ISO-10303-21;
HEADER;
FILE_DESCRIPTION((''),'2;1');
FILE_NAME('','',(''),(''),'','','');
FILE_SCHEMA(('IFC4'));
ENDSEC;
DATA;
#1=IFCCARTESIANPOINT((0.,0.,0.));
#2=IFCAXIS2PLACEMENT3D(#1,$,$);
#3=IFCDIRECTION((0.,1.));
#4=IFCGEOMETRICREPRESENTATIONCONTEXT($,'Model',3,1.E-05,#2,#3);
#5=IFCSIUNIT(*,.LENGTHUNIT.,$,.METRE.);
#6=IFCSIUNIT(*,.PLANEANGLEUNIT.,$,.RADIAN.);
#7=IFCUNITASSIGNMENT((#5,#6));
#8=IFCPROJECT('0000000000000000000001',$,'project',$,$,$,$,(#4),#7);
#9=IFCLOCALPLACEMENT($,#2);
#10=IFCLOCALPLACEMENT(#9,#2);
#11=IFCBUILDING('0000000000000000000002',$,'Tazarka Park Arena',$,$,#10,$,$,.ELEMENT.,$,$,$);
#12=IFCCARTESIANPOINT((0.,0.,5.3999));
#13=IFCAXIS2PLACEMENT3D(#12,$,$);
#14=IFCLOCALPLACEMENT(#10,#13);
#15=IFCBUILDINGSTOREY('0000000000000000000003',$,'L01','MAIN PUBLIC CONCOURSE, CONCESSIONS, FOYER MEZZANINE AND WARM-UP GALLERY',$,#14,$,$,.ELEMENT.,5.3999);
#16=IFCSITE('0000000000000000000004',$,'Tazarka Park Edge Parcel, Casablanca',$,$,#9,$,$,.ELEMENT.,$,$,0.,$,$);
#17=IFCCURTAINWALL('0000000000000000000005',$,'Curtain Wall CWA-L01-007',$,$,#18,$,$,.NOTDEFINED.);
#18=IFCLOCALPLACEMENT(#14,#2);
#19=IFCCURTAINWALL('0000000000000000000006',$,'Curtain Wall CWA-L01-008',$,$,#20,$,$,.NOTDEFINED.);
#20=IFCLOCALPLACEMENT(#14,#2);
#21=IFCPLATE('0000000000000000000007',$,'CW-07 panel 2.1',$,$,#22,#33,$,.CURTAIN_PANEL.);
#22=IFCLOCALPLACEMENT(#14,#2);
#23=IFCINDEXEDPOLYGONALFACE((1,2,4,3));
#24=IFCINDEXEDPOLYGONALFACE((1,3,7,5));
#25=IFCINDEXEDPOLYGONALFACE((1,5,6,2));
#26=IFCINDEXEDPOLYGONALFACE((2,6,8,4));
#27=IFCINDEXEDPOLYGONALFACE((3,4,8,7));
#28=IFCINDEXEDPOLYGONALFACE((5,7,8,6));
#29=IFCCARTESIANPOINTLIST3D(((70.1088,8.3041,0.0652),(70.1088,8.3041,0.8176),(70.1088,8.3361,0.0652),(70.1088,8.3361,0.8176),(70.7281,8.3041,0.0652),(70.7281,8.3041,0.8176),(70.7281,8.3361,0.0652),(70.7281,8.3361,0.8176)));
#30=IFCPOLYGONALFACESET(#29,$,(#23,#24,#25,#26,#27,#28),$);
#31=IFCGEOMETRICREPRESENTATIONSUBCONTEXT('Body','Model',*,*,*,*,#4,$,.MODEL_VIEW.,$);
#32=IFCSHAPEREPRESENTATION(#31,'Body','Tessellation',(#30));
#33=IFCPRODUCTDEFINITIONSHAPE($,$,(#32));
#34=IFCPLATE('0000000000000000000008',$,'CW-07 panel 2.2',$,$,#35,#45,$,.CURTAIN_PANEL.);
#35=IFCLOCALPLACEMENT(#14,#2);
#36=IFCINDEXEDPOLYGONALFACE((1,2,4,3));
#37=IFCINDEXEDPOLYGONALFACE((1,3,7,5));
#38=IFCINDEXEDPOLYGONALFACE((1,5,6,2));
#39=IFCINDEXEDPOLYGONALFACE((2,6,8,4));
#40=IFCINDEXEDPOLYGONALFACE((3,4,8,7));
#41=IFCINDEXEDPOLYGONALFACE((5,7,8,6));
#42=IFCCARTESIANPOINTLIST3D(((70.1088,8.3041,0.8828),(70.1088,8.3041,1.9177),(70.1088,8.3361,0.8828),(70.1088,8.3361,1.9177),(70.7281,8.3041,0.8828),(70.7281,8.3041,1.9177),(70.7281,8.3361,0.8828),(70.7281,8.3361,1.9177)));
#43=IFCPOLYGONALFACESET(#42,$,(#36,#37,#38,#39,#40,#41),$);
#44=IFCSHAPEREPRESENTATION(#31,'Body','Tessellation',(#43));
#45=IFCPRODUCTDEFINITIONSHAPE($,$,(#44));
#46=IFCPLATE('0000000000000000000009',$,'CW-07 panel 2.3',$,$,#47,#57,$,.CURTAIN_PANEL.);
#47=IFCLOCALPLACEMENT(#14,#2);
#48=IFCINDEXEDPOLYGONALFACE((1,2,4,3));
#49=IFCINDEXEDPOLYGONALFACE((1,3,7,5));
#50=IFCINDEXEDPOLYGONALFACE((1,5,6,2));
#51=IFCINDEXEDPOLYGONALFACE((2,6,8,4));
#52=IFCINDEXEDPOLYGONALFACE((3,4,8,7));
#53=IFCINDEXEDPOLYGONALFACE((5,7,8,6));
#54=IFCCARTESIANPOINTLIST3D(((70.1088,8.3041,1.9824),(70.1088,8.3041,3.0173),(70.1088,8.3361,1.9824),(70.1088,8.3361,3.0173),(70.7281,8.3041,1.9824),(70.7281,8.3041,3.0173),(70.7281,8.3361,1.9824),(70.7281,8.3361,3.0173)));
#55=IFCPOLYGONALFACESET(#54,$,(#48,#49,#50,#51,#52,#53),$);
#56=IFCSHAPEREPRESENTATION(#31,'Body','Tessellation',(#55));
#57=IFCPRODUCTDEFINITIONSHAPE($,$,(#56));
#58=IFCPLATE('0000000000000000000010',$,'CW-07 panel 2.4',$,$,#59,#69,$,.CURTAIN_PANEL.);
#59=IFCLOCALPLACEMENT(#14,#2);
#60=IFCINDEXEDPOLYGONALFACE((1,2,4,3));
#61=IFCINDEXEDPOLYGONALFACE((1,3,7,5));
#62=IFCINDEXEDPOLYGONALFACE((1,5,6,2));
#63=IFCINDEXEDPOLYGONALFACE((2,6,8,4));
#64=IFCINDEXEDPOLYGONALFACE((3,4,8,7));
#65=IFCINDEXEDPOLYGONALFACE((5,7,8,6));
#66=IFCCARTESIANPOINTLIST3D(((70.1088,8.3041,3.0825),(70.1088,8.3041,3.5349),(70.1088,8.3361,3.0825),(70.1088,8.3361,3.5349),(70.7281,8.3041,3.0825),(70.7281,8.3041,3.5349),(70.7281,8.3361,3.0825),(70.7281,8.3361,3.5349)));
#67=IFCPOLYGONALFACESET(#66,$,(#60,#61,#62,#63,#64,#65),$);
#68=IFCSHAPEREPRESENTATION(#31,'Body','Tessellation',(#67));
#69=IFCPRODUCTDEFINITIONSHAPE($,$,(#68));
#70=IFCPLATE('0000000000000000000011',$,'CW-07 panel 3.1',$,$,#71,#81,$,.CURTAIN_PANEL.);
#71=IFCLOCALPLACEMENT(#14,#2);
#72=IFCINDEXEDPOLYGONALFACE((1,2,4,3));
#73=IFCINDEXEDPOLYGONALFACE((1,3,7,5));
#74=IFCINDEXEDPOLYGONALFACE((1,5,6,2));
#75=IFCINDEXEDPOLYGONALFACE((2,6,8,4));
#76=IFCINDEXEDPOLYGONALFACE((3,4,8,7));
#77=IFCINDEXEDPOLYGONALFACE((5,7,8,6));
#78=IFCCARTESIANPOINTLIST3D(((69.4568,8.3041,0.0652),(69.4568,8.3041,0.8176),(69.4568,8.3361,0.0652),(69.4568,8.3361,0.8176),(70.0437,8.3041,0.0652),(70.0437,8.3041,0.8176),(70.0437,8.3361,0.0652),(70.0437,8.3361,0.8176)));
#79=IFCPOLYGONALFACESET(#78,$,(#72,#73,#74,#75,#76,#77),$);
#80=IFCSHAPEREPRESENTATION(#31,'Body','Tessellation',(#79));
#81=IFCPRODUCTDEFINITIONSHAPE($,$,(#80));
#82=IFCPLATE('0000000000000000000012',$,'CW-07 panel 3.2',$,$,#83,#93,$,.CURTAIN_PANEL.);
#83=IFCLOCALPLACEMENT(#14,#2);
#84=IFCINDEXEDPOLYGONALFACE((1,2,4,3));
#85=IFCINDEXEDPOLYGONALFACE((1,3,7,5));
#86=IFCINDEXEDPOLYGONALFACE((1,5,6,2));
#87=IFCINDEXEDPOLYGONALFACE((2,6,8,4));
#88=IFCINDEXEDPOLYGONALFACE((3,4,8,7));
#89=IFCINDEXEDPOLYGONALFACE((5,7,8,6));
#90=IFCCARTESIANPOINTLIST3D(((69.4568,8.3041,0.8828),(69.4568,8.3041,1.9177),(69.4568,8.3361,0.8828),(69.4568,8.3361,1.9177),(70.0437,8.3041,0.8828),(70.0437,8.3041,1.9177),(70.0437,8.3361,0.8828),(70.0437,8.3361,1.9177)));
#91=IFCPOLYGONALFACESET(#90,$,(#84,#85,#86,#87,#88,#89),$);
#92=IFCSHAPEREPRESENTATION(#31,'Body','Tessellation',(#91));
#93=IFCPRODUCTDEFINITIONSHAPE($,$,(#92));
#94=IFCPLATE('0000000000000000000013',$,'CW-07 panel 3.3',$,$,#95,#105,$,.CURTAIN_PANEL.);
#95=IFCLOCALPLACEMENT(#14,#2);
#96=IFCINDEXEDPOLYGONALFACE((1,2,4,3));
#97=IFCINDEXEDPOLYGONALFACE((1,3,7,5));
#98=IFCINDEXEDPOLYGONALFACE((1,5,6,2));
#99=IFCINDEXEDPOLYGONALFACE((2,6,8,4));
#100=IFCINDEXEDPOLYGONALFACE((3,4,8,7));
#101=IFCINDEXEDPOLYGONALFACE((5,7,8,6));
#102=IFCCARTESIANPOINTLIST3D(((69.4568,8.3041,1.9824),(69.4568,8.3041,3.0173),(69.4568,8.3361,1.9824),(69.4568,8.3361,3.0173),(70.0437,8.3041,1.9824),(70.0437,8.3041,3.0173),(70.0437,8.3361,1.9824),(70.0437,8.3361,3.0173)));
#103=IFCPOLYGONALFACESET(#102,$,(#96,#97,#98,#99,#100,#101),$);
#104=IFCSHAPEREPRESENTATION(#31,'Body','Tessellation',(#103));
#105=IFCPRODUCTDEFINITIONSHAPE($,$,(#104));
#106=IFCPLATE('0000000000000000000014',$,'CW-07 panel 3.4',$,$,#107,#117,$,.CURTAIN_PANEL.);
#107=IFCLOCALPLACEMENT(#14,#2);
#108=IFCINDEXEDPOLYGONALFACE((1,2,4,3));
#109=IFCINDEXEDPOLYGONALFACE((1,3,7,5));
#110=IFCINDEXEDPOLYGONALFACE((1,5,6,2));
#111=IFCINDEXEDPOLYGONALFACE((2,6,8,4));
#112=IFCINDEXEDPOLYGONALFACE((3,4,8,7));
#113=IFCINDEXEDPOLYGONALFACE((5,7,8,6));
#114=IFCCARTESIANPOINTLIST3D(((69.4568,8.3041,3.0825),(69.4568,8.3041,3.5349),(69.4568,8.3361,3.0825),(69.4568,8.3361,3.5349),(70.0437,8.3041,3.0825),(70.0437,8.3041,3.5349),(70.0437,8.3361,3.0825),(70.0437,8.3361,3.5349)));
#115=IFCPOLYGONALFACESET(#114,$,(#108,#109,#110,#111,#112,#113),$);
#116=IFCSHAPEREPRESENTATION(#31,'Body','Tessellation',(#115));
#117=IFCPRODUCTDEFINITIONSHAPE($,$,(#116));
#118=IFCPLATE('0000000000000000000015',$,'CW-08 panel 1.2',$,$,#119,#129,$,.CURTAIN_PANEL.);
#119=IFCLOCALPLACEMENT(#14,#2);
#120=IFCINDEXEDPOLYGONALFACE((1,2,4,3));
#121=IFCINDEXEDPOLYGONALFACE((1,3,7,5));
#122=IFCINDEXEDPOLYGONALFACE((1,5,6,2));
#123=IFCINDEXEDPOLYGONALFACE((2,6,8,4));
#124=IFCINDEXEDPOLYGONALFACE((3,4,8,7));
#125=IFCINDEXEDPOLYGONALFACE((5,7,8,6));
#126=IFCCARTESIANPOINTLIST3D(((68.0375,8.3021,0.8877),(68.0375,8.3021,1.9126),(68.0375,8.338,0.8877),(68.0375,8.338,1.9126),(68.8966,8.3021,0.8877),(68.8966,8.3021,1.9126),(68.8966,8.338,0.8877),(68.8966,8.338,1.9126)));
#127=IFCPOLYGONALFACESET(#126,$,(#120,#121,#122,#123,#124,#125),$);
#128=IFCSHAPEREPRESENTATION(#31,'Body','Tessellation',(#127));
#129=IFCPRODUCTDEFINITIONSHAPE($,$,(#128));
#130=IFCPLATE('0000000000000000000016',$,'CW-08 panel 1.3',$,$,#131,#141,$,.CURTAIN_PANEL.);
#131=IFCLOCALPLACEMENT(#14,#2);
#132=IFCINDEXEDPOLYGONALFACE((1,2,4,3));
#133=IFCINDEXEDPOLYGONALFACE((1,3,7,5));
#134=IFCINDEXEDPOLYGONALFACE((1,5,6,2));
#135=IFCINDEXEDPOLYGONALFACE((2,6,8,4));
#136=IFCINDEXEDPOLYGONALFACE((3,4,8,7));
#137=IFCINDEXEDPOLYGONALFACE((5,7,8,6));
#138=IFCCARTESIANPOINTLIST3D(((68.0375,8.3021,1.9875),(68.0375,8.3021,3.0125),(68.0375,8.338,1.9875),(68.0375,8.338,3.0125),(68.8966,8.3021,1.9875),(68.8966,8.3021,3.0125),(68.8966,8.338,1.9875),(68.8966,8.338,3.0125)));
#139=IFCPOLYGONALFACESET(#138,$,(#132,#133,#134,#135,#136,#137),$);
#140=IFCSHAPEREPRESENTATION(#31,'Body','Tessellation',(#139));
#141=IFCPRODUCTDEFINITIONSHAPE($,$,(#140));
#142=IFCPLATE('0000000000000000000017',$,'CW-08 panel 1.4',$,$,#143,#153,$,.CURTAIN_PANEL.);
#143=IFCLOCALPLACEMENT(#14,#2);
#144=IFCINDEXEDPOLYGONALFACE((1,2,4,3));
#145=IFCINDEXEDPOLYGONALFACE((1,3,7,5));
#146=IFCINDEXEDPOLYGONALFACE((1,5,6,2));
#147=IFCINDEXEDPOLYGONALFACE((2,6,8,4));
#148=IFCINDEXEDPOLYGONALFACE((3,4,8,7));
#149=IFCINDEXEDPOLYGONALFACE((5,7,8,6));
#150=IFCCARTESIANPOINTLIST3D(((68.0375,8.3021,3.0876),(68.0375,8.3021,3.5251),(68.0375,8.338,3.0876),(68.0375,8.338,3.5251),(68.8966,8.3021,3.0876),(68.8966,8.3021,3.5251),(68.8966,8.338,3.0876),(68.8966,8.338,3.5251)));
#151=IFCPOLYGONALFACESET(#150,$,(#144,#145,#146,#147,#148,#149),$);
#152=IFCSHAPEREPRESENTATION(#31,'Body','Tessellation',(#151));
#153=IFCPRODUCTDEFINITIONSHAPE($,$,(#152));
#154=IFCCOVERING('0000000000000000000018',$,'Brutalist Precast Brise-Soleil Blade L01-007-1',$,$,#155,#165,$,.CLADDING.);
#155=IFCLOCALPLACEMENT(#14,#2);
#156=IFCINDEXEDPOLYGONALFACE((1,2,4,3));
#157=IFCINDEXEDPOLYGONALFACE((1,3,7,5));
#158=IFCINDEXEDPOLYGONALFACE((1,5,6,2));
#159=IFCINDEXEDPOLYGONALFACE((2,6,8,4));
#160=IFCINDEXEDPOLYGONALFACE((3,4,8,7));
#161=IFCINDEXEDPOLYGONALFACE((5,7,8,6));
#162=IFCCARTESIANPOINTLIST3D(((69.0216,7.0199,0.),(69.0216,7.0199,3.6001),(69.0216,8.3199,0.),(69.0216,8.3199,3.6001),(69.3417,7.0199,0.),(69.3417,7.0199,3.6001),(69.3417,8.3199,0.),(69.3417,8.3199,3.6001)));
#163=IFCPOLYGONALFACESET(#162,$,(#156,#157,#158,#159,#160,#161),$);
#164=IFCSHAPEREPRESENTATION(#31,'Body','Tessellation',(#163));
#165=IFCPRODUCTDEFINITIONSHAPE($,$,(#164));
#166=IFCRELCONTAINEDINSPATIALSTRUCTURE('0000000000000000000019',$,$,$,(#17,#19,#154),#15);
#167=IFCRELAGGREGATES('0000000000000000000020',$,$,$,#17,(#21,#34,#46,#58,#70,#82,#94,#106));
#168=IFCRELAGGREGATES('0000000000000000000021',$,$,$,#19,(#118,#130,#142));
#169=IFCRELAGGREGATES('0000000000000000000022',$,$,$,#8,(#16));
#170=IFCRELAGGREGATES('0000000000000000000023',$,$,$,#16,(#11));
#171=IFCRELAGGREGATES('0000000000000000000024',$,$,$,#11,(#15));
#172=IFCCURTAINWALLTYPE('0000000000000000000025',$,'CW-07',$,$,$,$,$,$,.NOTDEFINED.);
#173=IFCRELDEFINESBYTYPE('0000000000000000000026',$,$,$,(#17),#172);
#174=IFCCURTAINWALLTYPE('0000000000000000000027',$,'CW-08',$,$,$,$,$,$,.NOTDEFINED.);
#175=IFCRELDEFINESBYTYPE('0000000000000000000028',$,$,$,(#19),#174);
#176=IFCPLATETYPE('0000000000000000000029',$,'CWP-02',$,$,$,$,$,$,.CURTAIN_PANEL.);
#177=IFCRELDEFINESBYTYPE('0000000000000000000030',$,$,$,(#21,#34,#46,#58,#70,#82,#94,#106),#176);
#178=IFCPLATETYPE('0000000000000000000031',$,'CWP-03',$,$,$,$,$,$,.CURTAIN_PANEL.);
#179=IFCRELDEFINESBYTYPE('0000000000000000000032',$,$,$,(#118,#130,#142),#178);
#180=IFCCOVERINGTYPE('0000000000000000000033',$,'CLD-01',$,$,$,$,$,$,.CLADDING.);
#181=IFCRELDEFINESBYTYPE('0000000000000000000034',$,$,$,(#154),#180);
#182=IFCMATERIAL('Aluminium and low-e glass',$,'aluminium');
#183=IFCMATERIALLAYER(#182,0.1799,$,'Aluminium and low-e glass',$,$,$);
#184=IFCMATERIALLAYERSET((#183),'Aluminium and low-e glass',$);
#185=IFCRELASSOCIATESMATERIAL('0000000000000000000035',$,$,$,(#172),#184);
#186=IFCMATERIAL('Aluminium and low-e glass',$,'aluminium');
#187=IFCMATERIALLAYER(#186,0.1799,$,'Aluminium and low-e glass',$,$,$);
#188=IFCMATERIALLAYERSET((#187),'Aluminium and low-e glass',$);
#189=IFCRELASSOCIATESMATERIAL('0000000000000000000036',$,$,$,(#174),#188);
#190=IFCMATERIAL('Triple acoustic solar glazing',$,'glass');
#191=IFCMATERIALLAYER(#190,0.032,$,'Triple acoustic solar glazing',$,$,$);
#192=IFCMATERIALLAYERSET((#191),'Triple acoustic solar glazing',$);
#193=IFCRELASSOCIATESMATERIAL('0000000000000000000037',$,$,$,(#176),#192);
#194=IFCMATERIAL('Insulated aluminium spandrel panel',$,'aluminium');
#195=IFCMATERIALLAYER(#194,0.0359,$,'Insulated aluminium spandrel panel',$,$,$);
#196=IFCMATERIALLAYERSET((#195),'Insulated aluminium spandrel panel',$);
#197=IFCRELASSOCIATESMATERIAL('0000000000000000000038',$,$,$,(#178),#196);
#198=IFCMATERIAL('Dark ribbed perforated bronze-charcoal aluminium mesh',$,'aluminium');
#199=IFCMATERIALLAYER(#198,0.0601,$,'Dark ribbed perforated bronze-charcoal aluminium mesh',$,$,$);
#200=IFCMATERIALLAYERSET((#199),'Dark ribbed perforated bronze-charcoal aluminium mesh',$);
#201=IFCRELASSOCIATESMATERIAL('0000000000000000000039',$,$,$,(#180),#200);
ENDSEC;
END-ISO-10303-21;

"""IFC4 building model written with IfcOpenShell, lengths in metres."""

from ifc_helpers import new_model, si_unit, direction, frame, origin, origin_2d, place, context, subcontext, project, spatial, rectangle, extrude, material, layer, layer_set, type_object, element, aggregate, save


model = new_model("IFC4")

# Units and contexts
model_context = context("Model", 3, precision=1e-05, world=origin(), true_north=direction((0.0, 1.0)))
body_context = subcontext(model_context, "Body", "Model", "MODEL_VIEW")
ifc_project = project(units=[si_unit("LENGTHUNIT", "METRE"), si_unit("PLANEANGLEUNIT", "RADIAN")], contexts=[model_context])

# Site, building, storey
site_placement = place(None, origin())
site = spatial("IfcSite", under=ifc_project, at=site_placement, Name="Tazarka Park Edge Parcel, Casablanca", CompositionType="ELEMENT", RefElevation=0.0)
building_placement = place(site_placement, origin())
building = spatial("IfcBuilding", under=site, at=building_placement, Name="Tazarka Park Arena", CompositionType="ELEMENT")
storey_placement = place(building_placement, frame((0.0, 0.0, 5.3999)))
storey = spatial("IfcBuildingStorey", under=building, at=storey_placement, Name="L01", Description="MAIN PUBLIC CONCOURSE, CONCESSIONS, FOYER MEZZANINE AND WARM-UP GALLERY", CompositionType="ELEMENT", Elevation=5.3999)

# Curtain wall
ifc_material_1 = material(Name="Aluminium and low-e glass", Category="aluminium")
ifc_layer_1 = layer(ifc_material_1, 0.1799, Name="Aluminium and low-e glass")
ifc_layer_set_1 = layer_set([ifc_layer_1], Name="Aluminium and low-e glass")
curtain_wall_type_1 = type_object("IfcCurtainWallType", Name="CW-07", PredefinedType="NOTDEFINED", material=ifc_layer_set_1)
curtain_wall_1_placement = place(storey_placement, origin())
curtain_wall_1 = element("IfcCurtainWall", 1, at=curtain_wall_1_placement, inside=storey, type_object=curtain_wall_type_1, Name="Curtain Wall CWA-L01-007", PredefinedType="NOTDEFINED")

# Curtain wall
ifc_material_2 = material(Name="Aluminium and low-e glass", Category="aluminium")
ifc_layer_2 = layer(ifc_material_2, 0.1799, Name="Aluminium and low-e glass")
ifc_layer_set_2 = layer_set([ifc_layer_2], Name="Aluminium and low-e glass")
curtain_wall_type_2 = type_object("IfcCurtainWallType", Name="CW-08", PredefinedType="NOTDEFINED", material=ifc_layer_set_2)
curtain_wall_2_placement = place(storey_placement, origin())
curtain_wall_2 = element("IfcCurtainWall", 2, at=curtain_wall_2_placement, inside=storey, type_object=curtain_wall_type_2, Name="Curtain Wall CWA-L01-008", PredefinedType="NOTDEFINED")

# Plates
ifc_material_3 = material(Name="Triple acoustic solar glazing", Category="glass")
ifc_layer_3 = layer(ifc_material_3, 0.032, Name="Triple acoustic solar glazing")
ifc_layer_set_3 = layer_set([ifc_layer_3], Name="Triple acoustic solar glazing")
plate_type_1 = type_object("IfcPlateType", Name="CWP-02", PredefinedType="CURTAIN_PANEL", material=ifc_layer_set_3)
plate_1_placement = place(storey_placement, frame((70.4185, 8.3201, 0.0652), z_axis=(0.0, 0.0, 1.0), x_axis=(-1.0, 0.0, 0.0)))
plate_1 = element("IfcPlate", 3, at=plate_1_placement, type_object=plate_type_1, Name="CW-07 panel 2.1", PredefinedType="CURTAIN_PANEL", context=body_context, shape_type="SweptSolid", body=[
    extrude(rectangle(XDim=0.6194, YDim=0.032, at=origin_2d()), origin(), (0.0, 0.0, 1.0), 0.7524),
])
plate_2_placement = place(storey_placement, frame((70.4185, 8.3201, 0.8828), z_axis=(0.0, 0.0, 1.0), x_axis=(-1.0, 0.0, 0.0)))
plate_2 = element("IfcPlate", 4, at=plate_2_placement, type_object=plate_type_1, Name="CW-07 panel 2.2", PredefinedType="CURTAIN_PANEL", context=body_context, shape_type="SweptSolid", body=[
    extrude(rectangle(XDim=0.6194, YDim=0.032, at=origin_2d()), origin(), (0.0, 0.0, 1.0), 1.0349),
])
plate_3_placement = place(storey_placement, frame((70.4185, 8.3201, 1.9824), z_axis=(0.0, 0.0, 1.0), x_axis=(-1.0, 0.0, 0.0)))
plate_3 = element("IfcPlate", 5, at=plate_3_placement, type_object=plate_type_1, Name="CW-07 panel 2.3", PredefinedType="CURTAIN_PANEL", context=body_context, shape_type="SweptSolid", body=[
    extrude(rectangle(XDim=0.6194, YDim=0.032, at=origin_2d()), origin(), (0.0, 0.0, 1.0), 1.0349),
])
plate_4_placement = place(storey_placement, frame((70.4185, 8.3201, 3.0825), z_axis=(0.0, 0.0, 1.0), x_axis=(-1.0, 0.0, 0.0)))
plate_4 = element("IfcPlate", 6, at=plate_4_placement, type_object=plate_type_1, Name="CW-07 panel 2.4", PredefinedType="CURTAIN_PANEL", context=body_context, shape_type="SweptSolid", body=[
    extrude(rectangle(XDim=0.6194, YDim=0.032, at=origin_2d()), origin(), (0.0, 0.0, 1.0), 0.4524),
])
plate_5_placement = place(storey_placement, frame((69.7502, 8.3201, 0.0652), z_axis=(0.0, 0.0, 1.0), x_axis=(-1.0, 0.0, 0.0)))
plate_5 = element("IfcPlate", 7, at=plate_5_placement, type_object=plate_type_1, Name="CW-07 panel 3.1", PredefinedType="CURTAIN_PANEL", context=body_context, shape_type="SweptSolid", body=[
    extrude(rectangle(XDim=0.5869, YDim=0.032, at=origin_2d()), origin(), (0.0, 0.0, 1.0), 0.7524),
])
plate_6_placement = place(storey_placement, frame((69.7502, 8.3201, 0.8828), z_axis=(0.0, 0.0, 1.0), x_axis=(-1.0, 0.0, 0.0)))
plate_6 = element("IfcPlate", 8, at=plate_6_placement, type_object=plate_type_1, Name="CW-07 panel 3.2", PredefinedType="CURTAIN_PANEL", context=body_context, shape_type="SweptSolid", body=[
    extrude(rectangle(XDim=0.5869, YDim=0.032, at=origin_2d()), origin(), (0.0, 0.0, 1.0), 1.0349),
])
plate_7_placement = place(storey_placement, frame((69.7502, 8.3201, 1.9824), z_axis=(0.0, 0.0, 1.0), x_axis=(-1.0, 0.0, 0.0)))
plate_7 = element("IfcPlate", 9, at=plate_7_placement, type_object=plate_type_1, Name="CW-07 panel 3.3", PredefinedType="CURTAIN_PANEL", context=body_context, shape_type="SweptSolid", body=[
    extrude(rectangle(XDim=0.5869, YDim=0.032, at=origin_2d()), origin(), (0.0, 0.0, 1.0), 1.0349),
])
plate_8_placement = place(storey_placement, frame((69.7502, 8.3201, 3.0825), z_axis=(0.0, 0.0, 1.0), x_axis=(-1.0, 0.0, 0.0)))
plate_8 = element("IfcPlate", 10, at=plate_8_placement, type_object=plate_type_1, Name="CW-07 panel 3.4", PredefinedType="CURTAIN_PANEL", context=body_context, shape_type="SweptSolid", body=[
    extrude(rectangle(XDim=0.5869, YDim=0.032, at=origin_2d()), origin(), (0.0, 0.0, 1.0), 0.4524),
])
aggregate(curtain_wall_1, [plate_1, plate_2, plate_3, plate_4, plate_5, plate_6, plate_7, plate_8])
ifc_material_4 = material(Name="Insulated aluminium spandrel panel", Category="aluminium")
ifc_layer_4 = layer(ifc_material_4, 0.0359, Name="Insulated aluminium spandrel panel")
ifc_layer_set_4 = layer_set([ifc_layer_4], Name="Insulated aluminium spandrel panel")
plate_type_2 = type_object("IfcPlateType", Name="CWP-03", PredefinedType="CURTAIN_PANEL", material=ifc_layer_set_4)
plate_9_placement = place(storey_placement, frame((68.467, 8.3201, 0.8877), z_axis=(0.0, 0.0, 1.0), x_axis=(-1.0, 0.0, 0.0)))
plate_9 = element("IfcPlate", 11, at=plate_9_placement, type_object=plate_type_2, Name="CW-08 panel 1.2", PredefinedType="CURTAIN_PANEL", context=body_context, shape_type="SweptSolid", body=[
    extrude(rectangle(XDim=0.8591, YDim=0.0359, at=origin_2d()), origin(), (0.0, 0.0, 1.0), 1.0249),
])
plate_10_placement = place(storey_placement, frame((68.467, 8.3201, 1.9875), z_axis=(0.0, 0.0, 1.0), x_axis=(-1.0, 0.0, 0.0)))
plate_10 = element("IfcPlate", 12, at=plate_10_placement, type_object=plate_type_2, Name="CW-08 panel 1.3", PredefinedType="CURTAIN_PANEL", context=body_context, shape_type="SweptSolid", body=[
    extrude(rectangle(XDim=0.8591, YDim=0.0359, at=origin_2d()), origin(), (0.0, 0.0, 1.0), 1.0249),
])
plate_11_placement = place(storey_placement, frame((68.467, 8.3201, 3.0876), z_axis=(0.0, 0.0, 1.0), x_axis=(-1.0, 0.0, 0.0)))
plate_11 = element("IfcPlate", 13, at=plate_11_placement, type_object=plate_type_2, Name="CW-08 panel 1.4", PredefinedType="CURTAIN_PANEL", context=body_context, shape_type="SweptSolid", body=[
    extrude(rectangle(XDim=0.8591, YDim=0.0359, at=origin_2d()), origin(), (0.0, 0.0, 1.0), 0.4375),
])
aggregate(curtain_wall_2, [plate_9, plate_10, plate_11])

# Covering
ifc_material_5 = material(Name="Dark ribbed perforated bronze-charcoal aluminium mesh", Category="aluminium")
ifc_layer_5 = layer(ifc_material_5, 0.0601, Name="Dark ribbed perforated bronze-charcoal aluminium mesh")
ifc_layer_set_5 = layer_set([ifc_layer_5], Name="Dark ribbed perforated bronze-charcoal aluminium mesh")
covering_type = type_object("IfcCoveringType", Name="CLD-01", PredefinedType="CLADDING", material=ifc_layer_set_5)
covering_placement = place(storey_placement, frame((69.1816, 7.6699, 0.0), z_axis=(0.0, 0.0, 1.0), x_axis=(-1.0, 0.0, 0.0)))
element("IfcCovering", 14, at=covering_placement, inside=storey, type_object=covering_type, Name="Brutalist Precast Brise-Soleil Blade L01-007-1", PredefinedType="CLADDING", context=body_context, shape_type="SweptSolid", body=[
    extrude(rectangle(XDim=0.3201, YDim=1.3, at=origin_2d()), origin(), (0.0, 0.0, 1.0), 3.6001),
])

save(model, "model.ifc")
